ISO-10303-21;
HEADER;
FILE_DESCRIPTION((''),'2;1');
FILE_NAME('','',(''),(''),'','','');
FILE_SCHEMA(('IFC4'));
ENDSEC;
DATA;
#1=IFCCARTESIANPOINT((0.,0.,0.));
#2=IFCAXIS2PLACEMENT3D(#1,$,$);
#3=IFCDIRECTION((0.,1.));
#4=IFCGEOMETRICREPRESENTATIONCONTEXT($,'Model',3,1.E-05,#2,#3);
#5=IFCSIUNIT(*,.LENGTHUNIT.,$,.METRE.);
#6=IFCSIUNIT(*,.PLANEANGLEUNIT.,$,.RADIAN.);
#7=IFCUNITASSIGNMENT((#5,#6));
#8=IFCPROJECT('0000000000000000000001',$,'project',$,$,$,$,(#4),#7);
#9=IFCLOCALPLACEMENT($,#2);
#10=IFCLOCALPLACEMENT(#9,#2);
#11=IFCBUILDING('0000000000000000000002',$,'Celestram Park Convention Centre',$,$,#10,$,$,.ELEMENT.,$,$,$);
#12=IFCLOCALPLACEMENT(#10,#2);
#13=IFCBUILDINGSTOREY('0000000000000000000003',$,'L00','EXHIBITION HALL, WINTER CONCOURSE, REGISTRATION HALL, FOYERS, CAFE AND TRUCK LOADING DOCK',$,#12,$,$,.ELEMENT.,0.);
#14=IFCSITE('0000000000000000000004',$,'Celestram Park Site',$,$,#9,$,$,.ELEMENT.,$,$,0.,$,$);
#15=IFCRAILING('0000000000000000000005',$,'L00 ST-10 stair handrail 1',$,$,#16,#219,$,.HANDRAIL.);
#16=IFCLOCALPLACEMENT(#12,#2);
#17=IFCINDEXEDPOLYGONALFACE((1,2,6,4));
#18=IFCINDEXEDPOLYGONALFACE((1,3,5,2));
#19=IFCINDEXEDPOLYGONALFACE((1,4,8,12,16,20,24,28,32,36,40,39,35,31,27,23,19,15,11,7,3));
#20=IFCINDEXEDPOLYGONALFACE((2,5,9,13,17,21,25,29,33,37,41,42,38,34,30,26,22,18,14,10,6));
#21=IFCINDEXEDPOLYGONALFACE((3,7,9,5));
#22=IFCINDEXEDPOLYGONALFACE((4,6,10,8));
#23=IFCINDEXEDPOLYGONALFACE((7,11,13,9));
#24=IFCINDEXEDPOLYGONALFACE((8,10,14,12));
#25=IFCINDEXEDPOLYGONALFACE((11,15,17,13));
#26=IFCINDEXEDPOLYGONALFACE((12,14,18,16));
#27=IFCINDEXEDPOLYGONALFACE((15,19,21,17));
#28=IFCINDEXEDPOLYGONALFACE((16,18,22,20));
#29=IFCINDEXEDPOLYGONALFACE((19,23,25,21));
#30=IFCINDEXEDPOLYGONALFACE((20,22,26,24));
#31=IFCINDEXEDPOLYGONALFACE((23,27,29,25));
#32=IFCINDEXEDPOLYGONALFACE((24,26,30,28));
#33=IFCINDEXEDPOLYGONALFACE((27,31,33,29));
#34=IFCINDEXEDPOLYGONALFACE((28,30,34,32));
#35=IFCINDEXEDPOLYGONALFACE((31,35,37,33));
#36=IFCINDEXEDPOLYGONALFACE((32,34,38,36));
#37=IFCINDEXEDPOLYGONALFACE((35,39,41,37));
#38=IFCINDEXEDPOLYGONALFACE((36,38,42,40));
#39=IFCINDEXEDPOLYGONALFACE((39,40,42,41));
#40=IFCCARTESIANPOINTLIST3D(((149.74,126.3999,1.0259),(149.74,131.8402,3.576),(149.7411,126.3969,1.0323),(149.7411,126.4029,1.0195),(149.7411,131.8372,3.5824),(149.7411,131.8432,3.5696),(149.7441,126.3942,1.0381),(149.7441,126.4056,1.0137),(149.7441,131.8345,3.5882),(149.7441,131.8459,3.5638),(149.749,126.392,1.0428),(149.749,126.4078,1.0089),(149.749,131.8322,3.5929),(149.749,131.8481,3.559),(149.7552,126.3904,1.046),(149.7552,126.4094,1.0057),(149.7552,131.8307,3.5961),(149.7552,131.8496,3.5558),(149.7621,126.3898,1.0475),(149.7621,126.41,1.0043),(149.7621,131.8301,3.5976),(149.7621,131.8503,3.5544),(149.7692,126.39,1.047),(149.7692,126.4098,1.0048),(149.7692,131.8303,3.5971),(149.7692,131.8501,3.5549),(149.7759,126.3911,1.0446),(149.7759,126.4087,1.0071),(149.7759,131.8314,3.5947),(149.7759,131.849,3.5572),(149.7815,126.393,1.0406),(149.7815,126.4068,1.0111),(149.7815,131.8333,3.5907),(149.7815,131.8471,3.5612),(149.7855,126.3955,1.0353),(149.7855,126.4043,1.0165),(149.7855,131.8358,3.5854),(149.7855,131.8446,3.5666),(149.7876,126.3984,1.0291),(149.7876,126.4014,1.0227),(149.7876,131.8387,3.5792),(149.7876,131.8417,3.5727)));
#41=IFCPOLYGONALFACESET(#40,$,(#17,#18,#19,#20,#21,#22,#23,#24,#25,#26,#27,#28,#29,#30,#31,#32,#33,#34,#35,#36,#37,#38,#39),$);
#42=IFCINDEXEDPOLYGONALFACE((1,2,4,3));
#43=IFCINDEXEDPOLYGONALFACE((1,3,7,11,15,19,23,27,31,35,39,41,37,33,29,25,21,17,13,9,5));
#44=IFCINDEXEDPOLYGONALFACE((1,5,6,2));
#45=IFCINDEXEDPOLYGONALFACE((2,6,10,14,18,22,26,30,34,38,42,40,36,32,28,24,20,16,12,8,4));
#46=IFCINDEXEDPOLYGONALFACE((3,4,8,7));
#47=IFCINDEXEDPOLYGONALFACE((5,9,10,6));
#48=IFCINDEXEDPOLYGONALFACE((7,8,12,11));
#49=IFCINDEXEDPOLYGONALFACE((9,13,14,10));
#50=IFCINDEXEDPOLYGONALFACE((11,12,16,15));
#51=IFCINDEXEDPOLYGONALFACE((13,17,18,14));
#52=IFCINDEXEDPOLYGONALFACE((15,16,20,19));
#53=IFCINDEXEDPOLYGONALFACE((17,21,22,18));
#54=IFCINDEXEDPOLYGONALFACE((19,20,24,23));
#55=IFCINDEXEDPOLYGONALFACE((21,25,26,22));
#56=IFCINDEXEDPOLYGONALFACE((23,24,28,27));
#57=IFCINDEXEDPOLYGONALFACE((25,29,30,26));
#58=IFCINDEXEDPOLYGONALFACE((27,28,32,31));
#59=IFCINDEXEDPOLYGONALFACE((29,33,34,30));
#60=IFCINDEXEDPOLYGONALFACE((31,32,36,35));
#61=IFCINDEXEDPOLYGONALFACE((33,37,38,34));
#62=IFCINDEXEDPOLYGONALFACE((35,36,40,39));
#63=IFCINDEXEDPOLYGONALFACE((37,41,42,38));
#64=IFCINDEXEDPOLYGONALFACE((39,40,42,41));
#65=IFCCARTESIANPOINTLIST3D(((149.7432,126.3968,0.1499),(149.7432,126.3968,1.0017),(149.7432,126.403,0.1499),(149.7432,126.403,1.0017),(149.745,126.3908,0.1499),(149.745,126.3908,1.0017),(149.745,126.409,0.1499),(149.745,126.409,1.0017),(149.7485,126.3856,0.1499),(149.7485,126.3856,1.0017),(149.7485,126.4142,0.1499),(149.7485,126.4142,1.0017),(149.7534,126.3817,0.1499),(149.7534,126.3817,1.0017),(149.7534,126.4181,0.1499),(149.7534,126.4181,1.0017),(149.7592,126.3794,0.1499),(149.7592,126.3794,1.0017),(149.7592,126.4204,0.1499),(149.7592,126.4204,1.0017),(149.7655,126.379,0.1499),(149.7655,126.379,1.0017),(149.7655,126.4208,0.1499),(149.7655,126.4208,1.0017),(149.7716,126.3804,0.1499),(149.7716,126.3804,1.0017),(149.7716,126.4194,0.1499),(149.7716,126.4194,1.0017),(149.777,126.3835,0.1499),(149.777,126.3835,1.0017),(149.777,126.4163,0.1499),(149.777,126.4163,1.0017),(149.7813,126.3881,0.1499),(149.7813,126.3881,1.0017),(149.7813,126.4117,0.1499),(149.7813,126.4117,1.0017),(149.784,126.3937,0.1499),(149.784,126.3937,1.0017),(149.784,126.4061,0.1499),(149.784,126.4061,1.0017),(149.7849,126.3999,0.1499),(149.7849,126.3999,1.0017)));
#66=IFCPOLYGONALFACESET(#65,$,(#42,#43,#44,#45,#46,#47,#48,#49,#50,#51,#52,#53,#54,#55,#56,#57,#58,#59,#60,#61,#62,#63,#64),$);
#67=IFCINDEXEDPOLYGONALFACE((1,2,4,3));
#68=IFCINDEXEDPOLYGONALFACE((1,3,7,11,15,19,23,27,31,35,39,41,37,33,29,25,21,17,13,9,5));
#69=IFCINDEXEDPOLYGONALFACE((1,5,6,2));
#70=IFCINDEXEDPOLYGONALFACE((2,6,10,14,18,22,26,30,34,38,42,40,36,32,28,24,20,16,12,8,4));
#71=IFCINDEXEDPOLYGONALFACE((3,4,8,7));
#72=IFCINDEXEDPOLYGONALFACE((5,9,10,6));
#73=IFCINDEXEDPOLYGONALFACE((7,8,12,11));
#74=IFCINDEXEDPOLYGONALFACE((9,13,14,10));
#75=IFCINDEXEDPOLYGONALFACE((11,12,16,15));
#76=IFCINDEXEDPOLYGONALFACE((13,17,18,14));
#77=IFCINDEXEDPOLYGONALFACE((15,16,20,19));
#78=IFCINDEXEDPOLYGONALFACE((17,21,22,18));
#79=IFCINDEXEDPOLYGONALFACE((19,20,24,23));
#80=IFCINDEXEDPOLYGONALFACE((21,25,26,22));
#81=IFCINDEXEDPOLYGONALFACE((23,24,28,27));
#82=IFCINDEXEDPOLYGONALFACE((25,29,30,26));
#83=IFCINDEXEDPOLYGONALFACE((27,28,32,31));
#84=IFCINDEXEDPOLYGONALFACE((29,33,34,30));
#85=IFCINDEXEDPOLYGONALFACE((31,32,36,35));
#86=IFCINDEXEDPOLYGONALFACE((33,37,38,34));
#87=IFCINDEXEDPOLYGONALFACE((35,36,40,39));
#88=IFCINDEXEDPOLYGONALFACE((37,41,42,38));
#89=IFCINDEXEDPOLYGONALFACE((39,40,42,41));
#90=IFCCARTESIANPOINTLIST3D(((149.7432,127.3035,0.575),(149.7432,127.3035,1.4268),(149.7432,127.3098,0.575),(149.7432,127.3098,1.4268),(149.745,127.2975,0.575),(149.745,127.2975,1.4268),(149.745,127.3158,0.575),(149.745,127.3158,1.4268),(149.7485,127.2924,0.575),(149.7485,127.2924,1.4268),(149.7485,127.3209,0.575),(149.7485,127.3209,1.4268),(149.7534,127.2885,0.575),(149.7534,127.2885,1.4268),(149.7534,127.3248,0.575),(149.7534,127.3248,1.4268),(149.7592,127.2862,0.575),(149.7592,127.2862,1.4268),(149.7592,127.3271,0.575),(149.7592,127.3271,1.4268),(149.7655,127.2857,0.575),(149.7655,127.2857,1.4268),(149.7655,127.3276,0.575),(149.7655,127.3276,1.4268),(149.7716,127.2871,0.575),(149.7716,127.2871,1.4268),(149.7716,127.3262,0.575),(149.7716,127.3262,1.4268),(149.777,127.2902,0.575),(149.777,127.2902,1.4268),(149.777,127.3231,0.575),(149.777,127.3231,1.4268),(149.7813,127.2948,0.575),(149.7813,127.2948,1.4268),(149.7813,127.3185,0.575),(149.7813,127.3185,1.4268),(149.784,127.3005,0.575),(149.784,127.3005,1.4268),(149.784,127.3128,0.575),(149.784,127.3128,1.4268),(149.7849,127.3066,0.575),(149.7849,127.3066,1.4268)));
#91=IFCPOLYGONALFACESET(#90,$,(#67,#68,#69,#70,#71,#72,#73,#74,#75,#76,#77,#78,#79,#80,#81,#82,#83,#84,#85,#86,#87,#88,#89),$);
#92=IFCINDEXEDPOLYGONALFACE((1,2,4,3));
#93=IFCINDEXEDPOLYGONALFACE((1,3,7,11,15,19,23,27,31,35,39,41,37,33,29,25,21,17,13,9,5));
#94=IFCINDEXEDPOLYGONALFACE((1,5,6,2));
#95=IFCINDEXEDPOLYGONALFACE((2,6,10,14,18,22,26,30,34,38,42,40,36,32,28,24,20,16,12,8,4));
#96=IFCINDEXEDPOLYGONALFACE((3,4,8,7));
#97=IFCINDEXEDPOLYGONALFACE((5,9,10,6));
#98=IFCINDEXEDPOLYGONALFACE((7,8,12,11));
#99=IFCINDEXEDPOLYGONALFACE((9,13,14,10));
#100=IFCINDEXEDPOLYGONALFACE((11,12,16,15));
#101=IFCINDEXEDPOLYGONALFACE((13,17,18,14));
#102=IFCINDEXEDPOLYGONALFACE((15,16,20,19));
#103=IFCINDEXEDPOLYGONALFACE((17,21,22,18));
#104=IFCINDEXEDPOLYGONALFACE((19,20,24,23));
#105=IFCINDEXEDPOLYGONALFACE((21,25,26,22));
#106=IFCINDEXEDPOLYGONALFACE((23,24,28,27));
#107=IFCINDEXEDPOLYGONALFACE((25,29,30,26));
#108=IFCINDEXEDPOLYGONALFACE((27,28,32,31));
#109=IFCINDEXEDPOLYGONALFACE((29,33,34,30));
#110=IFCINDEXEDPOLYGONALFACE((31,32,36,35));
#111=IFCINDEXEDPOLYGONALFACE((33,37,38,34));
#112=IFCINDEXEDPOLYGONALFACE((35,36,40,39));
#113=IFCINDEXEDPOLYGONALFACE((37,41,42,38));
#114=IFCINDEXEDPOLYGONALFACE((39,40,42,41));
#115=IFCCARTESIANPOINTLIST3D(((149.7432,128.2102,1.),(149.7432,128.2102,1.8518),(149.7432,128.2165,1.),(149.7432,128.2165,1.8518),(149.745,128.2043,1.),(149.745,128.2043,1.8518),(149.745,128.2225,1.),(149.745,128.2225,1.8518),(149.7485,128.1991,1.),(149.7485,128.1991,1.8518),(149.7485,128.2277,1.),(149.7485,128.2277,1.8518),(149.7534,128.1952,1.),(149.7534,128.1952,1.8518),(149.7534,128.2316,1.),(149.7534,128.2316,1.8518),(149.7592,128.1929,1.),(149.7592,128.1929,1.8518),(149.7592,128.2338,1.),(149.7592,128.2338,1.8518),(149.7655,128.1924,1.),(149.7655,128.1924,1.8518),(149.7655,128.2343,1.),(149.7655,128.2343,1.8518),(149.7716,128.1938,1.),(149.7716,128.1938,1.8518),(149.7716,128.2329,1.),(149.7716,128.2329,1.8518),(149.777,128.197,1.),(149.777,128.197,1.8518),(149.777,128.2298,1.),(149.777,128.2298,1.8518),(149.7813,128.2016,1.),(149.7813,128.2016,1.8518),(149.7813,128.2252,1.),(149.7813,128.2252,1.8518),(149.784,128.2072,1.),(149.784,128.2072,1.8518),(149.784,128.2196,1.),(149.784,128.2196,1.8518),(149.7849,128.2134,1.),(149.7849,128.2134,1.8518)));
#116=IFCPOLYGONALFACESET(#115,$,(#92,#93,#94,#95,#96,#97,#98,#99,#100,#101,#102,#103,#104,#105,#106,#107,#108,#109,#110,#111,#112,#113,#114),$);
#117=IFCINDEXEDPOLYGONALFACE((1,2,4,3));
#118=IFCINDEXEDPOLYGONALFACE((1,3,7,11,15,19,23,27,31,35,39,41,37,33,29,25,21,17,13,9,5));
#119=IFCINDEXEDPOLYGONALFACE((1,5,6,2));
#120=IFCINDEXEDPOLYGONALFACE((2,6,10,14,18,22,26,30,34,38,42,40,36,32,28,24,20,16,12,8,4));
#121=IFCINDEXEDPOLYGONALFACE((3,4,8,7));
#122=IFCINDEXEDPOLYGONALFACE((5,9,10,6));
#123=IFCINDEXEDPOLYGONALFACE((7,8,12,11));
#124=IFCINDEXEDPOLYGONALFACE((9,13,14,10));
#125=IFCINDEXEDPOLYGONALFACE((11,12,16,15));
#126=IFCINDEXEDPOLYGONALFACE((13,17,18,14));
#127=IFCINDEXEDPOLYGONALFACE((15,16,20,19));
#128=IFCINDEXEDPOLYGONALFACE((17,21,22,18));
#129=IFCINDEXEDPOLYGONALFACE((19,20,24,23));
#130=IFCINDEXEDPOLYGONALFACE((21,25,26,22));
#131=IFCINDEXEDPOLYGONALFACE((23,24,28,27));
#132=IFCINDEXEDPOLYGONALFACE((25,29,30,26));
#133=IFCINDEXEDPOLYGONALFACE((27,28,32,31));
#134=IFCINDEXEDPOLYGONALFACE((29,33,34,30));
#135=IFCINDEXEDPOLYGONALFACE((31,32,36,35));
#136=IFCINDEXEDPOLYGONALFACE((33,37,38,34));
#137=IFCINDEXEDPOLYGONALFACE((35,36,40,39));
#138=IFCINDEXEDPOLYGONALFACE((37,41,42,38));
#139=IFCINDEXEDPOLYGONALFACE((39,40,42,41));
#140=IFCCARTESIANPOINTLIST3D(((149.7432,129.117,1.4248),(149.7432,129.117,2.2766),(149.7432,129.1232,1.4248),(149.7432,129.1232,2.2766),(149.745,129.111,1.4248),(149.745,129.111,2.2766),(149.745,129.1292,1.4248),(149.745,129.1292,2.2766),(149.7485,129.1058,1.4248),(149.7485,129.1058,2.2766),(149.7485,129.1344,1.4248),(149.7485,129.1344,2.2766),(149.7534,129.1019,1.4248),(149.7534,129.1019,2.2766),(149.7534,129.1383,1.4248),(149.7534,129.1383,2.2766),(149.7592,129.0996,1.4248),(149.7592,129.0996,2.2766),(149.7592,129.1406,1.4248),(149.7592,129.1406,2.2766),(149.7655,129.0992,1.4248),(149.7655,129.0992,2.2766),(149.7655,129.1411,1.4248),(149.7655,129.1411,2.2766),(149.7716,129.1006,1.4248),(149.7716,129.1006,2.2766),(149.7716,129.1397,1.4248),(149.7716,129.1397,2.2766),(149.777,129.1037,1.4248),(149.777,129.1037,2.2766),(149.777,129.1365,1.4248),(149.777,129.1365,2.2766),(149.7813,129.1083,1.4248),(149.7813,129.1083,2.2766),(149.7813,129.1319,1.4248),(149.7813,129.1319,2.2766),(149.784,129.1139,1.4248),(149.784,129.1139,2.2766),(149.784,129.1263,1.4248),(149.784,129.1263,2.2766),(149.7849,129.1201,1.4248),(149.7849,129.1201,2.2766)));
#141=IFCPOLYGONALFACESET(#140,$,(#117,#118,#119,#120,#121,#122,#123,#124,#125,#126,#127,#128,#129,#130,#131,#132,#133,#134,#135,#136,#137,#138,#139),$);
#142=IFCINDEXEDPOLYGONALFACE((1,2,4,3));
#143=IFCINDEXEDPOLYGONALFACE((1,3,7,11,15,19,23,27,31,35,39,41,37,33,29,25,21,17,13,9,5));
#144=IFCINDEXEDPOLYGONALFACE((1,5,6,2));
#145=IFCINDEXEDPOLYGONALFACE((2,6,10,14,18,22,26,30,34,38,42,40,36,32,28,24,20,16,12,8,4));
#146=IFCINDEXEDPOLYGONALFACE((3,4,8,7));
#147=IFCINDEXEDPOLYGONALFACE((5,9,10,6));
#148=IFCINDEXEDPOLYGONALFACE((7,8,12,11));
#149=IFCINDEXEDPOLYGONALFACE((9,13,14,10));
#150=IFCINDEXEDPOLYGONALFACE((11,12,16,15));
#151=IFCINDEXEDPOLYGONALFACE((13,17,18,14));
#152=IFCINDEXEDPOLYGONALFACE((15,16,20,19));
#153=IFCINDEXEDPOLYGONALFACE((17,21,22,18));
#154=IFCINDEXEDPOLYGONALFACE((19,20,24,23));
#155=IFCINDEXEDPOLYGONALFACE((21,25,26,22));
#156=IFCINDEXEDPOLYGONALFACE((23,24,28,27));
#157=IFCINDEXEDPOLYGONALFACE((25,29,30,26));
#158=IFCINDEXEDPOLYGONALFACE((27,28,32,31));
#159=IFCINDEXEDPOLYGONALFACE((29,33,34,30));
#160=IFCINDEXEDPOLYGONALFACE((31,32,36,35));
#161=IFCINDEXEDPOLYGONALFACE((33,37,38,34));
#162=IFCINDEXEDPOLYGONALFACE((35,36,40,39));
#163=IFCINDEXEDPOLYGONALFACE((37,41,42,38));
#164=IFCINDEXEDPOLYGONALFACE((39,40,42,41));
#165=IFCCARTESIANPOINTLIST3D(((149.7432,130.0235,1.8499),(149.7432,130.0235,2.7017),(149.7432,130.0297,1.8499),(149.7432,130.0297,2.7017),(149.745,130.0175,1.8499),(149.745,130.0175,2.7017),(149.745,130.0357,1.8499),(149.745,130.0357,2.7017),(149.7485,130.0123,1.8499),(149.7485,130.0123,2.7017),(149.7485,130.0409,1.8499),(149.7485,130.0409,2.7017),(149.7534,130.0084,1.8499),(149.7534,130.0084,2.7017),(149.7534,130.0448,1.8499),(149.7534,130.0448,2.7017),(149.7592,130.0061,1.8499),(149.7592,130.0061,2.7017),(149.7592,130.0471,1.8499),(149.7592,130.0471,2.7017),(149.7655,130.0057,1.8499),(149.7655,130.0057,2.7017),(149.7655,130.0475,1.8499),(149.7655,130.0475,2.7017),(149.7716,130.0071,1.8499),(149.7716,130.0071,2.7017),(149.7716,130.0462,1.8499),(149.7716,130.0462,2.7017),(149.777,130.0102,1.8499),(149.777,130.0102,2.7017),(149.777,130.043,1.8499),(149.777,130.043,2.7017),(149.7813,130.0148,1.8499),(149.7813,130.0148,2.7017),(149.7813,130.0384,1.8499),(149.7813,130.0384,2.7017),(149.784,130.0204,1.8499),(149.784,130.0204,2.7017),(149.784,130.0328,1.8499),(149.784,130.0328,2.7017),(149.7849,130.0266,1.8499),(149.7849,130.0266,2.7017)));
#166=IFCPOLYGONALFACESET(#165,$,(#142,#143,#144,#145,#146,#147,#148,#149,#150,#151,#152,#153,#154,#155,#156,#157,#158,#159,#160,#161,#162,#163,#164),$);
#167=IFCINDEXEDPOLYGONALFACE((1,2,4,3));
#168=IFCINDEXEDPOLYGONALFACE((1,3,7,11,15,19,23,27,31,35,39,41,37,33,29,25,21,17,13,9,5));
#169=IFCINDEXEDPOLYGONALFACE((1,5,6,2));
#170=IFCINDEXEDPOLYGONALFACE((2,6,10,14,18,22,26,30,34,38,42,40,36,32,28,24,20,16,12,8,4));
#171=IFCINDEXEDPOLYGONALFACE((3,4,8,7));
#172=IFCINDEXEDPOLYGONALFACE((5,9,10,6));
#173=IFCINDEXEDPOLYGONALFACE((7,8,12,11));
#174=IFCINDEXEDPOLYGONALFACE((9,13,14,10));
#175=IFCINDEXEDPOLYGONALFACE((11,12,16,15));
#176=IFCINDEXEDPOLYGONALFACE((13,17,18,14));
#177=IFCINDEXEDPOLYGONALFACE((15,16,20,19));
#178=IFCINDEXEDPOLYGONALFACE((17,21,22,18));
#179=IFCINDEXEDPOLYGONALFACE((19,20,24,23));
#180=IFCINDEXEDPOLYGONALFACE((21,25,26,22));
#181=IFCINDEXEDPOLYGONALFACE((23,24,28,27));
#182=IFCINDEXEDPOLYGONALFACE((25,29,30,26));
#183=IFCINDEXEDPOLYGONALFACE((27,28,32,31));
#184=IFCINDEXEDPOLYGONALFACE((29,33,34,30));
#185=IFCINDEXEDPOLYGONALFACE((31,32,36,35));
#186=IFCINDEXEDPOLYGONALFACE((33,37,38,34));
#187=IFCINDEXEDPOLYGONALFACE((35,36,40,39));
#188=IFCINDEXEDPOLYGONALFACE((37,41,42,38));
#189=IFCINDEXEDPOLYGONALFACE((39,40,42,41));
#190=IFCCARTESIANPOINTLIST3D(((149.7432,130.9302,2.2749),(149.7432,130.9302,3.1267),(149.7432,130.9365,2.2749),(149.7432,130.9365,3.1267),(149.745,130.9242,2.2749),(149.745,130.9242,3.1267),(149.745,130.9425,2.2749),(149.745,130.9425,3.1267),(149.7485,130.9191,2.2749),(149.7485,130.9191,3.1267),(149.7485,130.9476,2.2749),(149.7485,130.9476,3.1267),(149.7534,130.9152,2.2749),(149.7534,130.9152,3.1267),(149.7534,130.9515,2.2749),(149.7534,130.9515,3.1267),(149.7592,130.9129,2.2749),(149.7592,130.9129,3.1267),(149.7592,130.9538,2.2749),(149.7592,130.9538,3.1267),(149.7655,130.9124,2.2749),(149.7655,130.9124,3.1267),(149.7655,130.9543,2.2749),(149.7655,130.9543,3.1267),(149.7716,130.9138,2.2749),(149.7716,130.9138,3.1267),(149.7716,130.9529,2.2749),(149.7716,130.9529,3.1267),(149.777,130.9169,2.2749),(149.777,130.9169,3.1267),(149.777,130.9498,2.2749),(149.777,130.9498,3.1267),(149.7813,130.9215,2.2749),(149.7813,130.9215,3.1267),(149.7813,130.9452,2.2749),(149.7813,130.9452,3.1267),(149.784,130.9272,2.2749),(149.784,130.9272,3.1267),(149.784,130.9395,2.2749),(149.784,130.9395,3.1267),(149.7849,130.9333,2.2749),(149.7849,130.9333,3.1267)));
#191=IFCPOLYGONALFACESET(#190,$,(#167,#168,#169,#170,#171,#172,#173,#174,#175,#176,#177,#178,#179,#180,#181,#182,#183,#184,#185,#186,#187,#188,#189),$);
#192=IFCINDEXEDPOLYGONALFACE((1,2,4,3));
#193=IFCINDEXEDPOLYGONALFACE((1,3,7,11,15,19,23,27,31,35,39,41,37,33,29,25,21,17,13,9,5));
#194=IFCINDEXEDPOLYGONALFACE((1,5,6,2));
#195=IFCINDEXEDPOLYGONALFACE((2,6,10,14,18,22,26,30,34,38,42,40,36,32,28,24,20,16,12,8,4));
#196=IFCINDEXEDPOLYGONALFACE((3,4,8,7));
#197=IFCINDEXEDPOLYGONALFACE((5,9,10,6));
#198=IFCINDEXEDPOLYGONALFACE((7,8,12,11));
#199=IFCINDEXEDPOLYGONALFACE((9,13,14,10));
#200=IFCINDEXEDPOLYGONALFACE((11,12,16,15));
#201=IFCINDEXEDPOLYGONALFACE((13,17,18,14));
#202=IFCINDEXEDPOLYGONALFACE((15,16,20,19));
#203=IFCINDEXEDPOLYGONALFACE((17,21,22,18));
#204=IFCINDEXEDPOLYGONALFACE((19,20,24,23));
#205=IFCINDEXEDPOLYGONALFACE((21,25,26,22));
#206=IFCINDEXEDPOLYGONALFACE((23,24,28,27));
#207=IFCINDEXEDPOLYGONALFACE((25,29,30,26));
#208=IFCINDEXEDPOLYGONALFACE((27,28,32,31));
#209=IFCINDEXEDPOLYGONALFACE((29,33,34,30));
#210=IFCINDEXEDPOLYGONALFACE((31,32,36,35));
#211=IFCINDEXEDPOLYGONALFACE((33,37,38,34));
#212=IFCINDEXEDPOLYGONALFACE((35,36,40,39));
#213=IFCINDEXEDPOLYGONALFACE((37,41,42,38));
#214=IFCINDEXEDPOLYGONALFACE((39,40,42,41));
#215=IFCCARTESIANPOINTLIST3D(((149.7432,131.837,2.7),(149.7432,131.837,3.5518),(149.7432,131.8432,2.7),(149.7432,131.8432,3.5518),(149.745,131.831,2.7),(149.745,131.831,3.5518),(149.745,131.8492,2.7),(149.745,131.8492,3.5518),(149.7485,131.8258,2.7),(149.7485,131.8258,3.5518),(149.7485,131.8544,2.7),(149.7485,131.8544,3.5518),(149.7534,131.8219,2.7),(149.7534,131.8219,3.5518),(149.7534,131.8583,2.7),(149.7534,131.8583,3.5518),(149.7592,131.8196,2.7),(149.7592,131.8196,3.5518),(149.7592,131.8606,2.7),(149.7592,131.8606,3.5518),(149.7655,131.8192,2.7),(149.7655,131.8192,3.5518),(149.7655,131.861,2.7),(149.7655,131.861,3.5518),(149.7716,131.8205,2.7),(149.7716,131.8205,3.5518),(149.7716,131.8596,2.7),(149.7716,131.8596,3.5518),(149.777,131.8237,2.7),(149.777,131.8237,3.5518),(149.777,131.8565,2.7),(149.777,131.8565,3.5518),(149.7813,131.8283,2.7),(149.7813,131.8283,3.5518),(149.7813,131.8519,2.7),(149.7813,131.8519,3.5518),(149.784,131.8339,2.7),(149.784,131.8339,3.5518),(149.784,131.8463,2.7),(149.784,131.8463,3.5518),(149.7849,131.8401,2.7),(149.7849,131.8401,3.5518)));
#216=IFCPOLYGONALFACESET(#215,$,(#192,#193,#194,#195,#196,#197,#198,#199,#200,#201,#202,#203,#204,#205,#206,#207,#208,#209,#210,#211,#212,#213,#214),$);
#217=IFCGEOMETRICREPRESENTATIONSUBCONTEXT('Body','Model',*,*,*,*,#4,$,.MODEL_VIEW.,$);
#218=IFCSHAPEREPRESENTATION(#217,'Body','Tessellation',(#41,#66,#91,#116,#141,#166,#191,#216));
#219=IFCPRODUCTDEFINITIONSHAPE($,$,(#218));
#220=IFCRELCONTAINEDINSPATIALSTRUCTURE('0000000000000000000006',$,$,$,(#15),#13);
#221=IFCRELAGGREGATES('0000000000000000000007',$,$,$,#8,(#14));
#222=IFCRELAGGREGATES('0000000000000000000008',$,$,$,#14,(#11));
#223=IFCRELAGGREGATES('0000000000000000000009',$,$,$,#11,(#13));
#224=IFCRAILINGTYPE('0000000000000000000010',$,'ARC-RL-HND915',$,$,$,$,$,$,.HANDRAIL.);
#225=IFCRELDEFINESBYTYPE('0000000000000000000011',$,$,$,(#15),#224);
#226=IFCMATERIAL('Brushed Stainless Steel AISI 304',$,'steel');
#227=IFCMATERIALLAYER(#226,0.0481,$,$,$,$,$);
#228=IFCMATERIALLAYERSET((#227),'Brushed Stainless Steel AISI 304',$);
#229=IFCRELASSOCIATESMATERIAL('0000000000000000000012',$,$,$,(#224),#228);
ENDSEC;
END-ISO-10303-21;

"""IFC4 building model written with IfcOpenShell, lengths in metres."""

from ifc_helpers import new_model, si_unit, direction, frame, origin, origin_2d, place, context, subcontext, project, spatial, circle, extrude, material, layer, layer_set, type_object, element, save


model = new_model("IFC4")

# Units and contexts
model_context = context("Model", 3, precision=1e-05, world=origin(), true_north=direction((0.0, 1.0)))
body_context = subcontext(model_context, "Body", "Model", "MODEL_VIEW")
ifc_project = project(units=[si_unit("LENGTHUNIT", "METRE"), si_unit("PLANEANGLEUNIT", "RADIAN")], contexts=[model_context])

# Site, building, storey
site_placement = place(None, origin())
site = spatial("IfcSite", under=ifc_project, at=site_placement, Name="Celestram Park Site", CompositionType="ELEMENT", RefElevation=0.0)
building_placement = place(site_placement, origin())
building = spatial("IfcBuilding", under=site, at=building_placement, Name="Celestram Park Convention Centre", CompositionType="ELEMENT")
storey_placement = place(building_placement, origin())
storey = spatial("IfcBuildingStorey", under=building, at=storey_placement, Name="L00", Description="EXHIBITION HALL, WINTER CONCOURSE, REGISTRATION HALL, FOYERS, CAFE AND TRUCK LOADING DOCK", CompositionType="ELEMENT", Elevation=0.0)

# Railing
ifc_material_1 = material(Name="Brushed Stainless Steel AISI 304", Category="steel")
ifc_layer_1 = layer(ifc_material_1, 0.0481)
ifc_layer_set_1 = layer_set([ifc_layer_1], Name="Brushed Stainless Steel AISI 304")
railing_type_1 = type_object("IfcRailingType", Name="ARC-RL-HND915", PredefinedType="HANDRAIL", material=ifc_layer_set_1)
railing_1_placement = place(storey_placement, frame((149.7639, 126.3999, 0.1499)))
element("IfcRailing", 1, at=railing_1_placement, inside=storey, type_object=railing_type_1, Name="L00 ST-10 stair handrail 1", PredefinedType="HANDRAIL", context=body_context, shape_type="SweptSolid", body=[
    extrude(circle(Radius=0.0239, at=origin_2d()), frame((0.0, 0.0, 0.876), z_axis=(0.0, 0.905461, 0.424429), x_axis=(-1.0, 0.0, 0.0)), (0.0, 0.0, 1.0), 6.0083),
    extrude(circle(Radius=0.021, at=origin_2d()), origin(), (0.0, 0.0, 1.0), 0.8518),
    extrude(circle(Radius=0.021, at=origin_2d()), frame((0.0, 0.9067, 0.425)), (0.0, 0.0, 1.0), 0.8518),
    extrude(circle(Radius=0.021, at=origin_2d()), frame((0.0, 1.8135, 0.8501)), (0.0, 0.0, 1.0), 0.8518),
    extrude(circle(Radius=0.021, at=origin_2d()), frame((0.0, 2.7202, 1.2749)), (0.0, 0.0, 1.0), 0.8518),
    extrude(circle(Radius=0.021, at=origin_2d()), frame((0.0, 3.6267, 1.7)), (0.0, 0.0, 1.0), 0.8518),
    extrude(circle(Radius=0.021, at=origin_2d()), frame((0.0, 4.5334, 2.125)), (0.0, 0.0, 1.0), 0.8518),
    extrude(circle(Radius=0.021, at=origin_2d()), frame((0.0, 5.4402, 2.55)), (0.0, 0.0, 1.0), 0.8518),
])

save(model, "model.ifc")
